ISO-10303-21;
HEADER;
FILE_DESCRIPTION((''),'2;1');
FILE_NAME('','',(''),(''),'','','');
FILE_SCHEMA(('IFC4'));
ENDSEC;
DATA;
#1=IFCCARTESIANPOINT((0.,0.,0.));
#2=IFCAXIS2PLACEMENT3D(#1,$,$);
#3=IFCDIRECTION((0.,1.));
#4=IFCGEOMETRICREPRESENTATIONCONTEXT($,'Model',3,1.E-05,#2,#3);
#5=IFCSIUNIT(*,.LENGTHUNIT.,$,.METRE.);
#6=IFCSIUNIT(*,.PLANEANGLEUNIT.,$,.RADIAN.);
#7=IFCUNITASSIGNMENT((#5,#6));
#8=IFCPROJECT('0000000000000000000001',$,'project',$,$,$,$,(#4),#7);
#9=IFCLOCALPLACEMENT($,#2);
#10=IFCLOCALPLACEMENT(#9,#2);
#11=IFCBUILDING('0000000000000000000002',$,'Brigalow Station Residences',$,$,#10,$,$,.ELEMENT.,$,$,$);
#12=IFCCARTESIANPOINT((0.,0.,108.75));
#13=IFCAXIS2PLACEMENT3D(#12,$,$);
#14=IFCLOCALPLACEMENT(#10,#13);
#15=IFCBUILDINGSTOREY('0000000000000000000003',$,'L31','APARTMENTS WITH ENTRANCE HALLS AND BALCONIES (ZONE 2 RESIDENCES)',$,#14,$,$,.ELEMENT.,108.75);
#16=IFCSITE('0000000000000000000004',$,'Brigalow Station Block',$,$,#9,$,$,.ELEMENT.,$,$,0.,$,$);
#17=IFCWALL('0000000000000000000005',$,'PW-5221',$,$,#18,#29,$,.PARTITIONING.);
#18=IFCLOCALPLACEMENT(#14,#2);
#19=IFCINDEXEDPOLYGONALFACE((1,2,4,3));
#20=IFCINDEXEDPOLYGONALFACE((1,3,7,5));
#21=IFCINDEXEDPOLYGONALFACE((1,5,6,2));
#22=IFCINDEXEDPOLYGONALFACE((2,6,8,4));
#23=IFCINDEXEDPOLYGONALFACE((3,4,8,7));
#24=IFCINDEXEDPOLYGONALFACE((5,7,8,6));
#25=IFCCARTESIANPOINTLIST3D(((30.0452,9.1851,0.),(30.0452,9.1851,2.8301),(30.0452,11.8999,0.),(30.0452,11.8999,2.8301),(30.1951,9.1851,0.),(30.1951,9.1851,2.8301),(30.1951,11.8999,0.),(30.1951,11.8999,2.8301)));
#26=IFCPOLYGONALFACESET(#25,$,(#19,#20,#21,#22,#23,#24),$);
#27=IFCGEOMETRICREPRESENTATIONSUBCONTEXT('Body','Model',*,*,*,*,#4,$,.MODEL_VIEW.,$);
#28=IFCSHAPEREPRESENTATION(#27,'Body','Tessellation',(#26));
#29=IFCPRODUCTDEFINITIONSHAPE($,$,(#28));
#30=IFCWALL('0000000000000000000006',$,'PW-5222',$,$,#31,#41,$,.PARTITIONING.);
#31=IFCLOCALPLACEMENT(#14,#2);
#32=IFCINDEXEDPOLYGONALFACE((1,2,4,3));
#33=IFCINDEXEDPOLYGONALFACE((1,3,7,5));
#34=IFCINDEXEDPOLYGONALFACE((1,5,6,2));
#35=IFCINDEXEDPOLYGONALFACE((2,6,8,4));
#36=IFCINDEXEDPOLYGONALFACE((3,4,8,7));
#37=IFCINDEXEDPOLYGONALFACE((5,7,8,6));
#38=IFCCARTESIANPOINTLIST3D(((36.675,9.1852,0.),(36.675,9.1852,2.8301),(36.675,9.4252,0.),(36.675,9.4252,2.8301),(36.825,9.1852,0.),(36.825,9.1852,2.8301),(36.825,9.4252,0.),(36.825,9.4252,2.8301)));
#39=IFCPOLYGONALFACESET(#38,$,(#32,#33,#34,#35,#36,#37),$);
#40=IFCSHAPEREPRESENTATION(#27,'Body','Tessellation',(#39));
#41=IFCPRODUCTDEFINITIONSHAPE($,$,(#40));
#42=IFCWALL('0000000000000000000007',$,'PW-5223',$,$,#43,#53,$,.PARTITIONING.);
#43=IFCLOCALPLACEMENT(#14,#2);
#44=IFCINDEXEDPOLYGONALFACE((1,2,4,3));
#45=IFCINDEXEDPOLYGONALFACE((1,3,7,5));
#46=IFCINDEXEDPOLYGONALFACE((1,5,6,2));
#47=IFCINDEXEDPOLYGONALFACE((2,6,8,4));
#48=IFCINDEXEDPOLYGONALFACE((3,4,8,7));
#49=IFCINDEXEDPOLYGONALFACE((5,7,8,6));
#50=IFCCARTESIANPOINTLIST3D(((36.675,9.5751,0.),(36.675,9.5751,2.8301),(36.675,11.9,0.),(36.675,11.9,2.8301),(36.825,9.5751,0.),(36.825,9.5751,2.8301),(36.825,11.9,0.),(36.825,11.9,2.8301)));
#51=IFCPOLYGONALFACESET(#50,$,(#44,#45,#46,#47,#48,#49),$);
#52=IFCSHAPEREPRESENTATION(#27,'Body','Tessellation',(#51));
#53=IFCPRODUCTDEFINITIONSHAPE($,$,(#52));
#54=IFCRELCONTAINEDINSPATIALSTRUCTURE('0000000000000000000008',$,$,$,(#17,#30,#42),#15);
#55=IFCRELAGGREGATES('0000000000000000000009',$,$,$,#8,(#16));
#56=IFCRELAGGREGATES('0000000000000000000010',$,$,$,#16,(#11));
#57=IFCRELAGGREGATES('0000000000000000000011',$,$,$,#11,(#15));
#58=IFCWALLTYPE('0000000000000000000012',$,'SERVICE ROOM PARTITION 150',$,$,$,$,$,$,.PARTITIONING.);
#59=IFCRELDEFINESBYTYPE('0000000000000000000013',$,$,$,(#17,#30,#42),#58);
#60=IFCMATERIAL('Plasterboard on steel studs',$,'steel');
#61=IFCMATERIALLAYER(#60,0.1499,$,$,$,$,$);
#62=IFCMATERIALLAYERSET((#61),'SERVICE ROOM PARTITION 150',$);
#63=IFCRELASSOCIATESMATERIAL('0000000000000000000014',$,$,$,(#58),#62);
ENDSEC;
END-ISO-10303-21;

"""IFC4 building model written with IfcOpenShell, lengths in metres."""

from ifc_helpers import new_model, si_unit, direction, frame, frame_2d, origin, place, context, subcontext, project, spatial, rectangle, extrude, material, layer, layer_set, type_object, element, save


model = new_model("IFC4")

# Units and contexts
model_context = context("Model", 3, precision=1e-05, world=origin(), true_north=direction((0.0, 1.0)))
body_context = subcontext(model_context, "Body", "Model", "MODEL_VIEW")
ifc_project = project(units=[si_unit("LENGTHUNIT", "METRE"), si_unit("PLANEANGLEUNIT", "RADIAN")], contexts=[model_context])

# Site, building, storey
site_placement = place(None, origin())
site = spatial("IfcSite", under=ifc_project, at=site_placement, Name="Brigalow Station Block", CompositionType="ELEMENT", RefElevation=0.0)
building_placement = place(site_placement, origin())
building = spatial("IfcBuilding", under=site, at=building_placement, Name="Brigalow Station Residences", CompositionType="ELEMENT")
storey_placement = place(building_placement, frame((0.0, 0.0, 108.75)))
storey = spatial("IfcBuildingStorey", under=building, at=storey_placement, Name="L31", Description="APARTMENTS WITH ENTRANCE HALLS AND BALCONIES (ZONE 2 RESIDENCES)", CompositionType="ELEMENT", Elevation=108.75)

# Walls
ifc_material_1 = material(Name="Plasterboard on steel studs", Category="steel")
ifc_layer_1 = layer(ifc_material_1, 0.1499)
ifc_layer_set_1 = layer_set([ifc_layer_1], Name="SERVICE ROOM PARTITION 150")
wall_type_1 = type_object("IfcWallType", Name="SERVICE ROOM PARTITION 150", PredefinedType="PARTITIONING", material=ifc_layer_set_1)
wall_1_placement = place(storey_placement, frame((30.1201, 9.1851, 0.0), z_axis=(0.0, 0.0, 1.0), x_axis=(0.0, 1.0, 0.0)))
element("IfcWall", 1, at=wall_1_placement, inside=storey, type_object=wall_type_1, Name="PW-5221", PredefinedType="PARTITIONING", context=body_context, shape_type="SweptSolid", body=[
    extrude(rectangle(XDim=2.7148, YDim=0.1499, at=frame_2d((1.3574, 0.0))), origin(), (0.0, 0.0, 1.0), 2.8301),
])
wall_2_placement = place(storey_placement, frame((36.75, 9.1851, 0.0), z_axis=(0.0, 0.0, 1.0), x_axis=(0.0, 1.0, 0.0)))
element("IfcWall", 2, at=wall_2_placement, inside=storey, type_object=wall_type_1, Name="PW-5222", PredefinedType="PARTITIONING", context=body_context, shape_type="SweptSolid", body=[
    extrude(rectangle(XDim=0.24, YDim=0.1499, at=frame_2d((0.1201, 0.0))), origin(), (0.0, 0.0, 1.0), 2.8301),
])
wall_3_placement = place(storey_placement, frame((36.75, 9.575, 0.0), z_axis=(0.0, 0.0, 1.0), x_axis=(0.0, 1.0, 0.0)))
element("IfcWall", 3, at=wall_3_placement, inside=storey, type_object=wall_type_1, Name="PW-5223", PredefinedType="PARTITIONING", context=body_context, shape_type="SweptSolid", body=[
    extrude(rectangle(XDim=2.325, YDim=0.1499, at=frame_2d((1.1626, 0.0))), origin(), (0.0, 0.0, 1.0), 2.8301),
])

save(model, "model.ifc")
